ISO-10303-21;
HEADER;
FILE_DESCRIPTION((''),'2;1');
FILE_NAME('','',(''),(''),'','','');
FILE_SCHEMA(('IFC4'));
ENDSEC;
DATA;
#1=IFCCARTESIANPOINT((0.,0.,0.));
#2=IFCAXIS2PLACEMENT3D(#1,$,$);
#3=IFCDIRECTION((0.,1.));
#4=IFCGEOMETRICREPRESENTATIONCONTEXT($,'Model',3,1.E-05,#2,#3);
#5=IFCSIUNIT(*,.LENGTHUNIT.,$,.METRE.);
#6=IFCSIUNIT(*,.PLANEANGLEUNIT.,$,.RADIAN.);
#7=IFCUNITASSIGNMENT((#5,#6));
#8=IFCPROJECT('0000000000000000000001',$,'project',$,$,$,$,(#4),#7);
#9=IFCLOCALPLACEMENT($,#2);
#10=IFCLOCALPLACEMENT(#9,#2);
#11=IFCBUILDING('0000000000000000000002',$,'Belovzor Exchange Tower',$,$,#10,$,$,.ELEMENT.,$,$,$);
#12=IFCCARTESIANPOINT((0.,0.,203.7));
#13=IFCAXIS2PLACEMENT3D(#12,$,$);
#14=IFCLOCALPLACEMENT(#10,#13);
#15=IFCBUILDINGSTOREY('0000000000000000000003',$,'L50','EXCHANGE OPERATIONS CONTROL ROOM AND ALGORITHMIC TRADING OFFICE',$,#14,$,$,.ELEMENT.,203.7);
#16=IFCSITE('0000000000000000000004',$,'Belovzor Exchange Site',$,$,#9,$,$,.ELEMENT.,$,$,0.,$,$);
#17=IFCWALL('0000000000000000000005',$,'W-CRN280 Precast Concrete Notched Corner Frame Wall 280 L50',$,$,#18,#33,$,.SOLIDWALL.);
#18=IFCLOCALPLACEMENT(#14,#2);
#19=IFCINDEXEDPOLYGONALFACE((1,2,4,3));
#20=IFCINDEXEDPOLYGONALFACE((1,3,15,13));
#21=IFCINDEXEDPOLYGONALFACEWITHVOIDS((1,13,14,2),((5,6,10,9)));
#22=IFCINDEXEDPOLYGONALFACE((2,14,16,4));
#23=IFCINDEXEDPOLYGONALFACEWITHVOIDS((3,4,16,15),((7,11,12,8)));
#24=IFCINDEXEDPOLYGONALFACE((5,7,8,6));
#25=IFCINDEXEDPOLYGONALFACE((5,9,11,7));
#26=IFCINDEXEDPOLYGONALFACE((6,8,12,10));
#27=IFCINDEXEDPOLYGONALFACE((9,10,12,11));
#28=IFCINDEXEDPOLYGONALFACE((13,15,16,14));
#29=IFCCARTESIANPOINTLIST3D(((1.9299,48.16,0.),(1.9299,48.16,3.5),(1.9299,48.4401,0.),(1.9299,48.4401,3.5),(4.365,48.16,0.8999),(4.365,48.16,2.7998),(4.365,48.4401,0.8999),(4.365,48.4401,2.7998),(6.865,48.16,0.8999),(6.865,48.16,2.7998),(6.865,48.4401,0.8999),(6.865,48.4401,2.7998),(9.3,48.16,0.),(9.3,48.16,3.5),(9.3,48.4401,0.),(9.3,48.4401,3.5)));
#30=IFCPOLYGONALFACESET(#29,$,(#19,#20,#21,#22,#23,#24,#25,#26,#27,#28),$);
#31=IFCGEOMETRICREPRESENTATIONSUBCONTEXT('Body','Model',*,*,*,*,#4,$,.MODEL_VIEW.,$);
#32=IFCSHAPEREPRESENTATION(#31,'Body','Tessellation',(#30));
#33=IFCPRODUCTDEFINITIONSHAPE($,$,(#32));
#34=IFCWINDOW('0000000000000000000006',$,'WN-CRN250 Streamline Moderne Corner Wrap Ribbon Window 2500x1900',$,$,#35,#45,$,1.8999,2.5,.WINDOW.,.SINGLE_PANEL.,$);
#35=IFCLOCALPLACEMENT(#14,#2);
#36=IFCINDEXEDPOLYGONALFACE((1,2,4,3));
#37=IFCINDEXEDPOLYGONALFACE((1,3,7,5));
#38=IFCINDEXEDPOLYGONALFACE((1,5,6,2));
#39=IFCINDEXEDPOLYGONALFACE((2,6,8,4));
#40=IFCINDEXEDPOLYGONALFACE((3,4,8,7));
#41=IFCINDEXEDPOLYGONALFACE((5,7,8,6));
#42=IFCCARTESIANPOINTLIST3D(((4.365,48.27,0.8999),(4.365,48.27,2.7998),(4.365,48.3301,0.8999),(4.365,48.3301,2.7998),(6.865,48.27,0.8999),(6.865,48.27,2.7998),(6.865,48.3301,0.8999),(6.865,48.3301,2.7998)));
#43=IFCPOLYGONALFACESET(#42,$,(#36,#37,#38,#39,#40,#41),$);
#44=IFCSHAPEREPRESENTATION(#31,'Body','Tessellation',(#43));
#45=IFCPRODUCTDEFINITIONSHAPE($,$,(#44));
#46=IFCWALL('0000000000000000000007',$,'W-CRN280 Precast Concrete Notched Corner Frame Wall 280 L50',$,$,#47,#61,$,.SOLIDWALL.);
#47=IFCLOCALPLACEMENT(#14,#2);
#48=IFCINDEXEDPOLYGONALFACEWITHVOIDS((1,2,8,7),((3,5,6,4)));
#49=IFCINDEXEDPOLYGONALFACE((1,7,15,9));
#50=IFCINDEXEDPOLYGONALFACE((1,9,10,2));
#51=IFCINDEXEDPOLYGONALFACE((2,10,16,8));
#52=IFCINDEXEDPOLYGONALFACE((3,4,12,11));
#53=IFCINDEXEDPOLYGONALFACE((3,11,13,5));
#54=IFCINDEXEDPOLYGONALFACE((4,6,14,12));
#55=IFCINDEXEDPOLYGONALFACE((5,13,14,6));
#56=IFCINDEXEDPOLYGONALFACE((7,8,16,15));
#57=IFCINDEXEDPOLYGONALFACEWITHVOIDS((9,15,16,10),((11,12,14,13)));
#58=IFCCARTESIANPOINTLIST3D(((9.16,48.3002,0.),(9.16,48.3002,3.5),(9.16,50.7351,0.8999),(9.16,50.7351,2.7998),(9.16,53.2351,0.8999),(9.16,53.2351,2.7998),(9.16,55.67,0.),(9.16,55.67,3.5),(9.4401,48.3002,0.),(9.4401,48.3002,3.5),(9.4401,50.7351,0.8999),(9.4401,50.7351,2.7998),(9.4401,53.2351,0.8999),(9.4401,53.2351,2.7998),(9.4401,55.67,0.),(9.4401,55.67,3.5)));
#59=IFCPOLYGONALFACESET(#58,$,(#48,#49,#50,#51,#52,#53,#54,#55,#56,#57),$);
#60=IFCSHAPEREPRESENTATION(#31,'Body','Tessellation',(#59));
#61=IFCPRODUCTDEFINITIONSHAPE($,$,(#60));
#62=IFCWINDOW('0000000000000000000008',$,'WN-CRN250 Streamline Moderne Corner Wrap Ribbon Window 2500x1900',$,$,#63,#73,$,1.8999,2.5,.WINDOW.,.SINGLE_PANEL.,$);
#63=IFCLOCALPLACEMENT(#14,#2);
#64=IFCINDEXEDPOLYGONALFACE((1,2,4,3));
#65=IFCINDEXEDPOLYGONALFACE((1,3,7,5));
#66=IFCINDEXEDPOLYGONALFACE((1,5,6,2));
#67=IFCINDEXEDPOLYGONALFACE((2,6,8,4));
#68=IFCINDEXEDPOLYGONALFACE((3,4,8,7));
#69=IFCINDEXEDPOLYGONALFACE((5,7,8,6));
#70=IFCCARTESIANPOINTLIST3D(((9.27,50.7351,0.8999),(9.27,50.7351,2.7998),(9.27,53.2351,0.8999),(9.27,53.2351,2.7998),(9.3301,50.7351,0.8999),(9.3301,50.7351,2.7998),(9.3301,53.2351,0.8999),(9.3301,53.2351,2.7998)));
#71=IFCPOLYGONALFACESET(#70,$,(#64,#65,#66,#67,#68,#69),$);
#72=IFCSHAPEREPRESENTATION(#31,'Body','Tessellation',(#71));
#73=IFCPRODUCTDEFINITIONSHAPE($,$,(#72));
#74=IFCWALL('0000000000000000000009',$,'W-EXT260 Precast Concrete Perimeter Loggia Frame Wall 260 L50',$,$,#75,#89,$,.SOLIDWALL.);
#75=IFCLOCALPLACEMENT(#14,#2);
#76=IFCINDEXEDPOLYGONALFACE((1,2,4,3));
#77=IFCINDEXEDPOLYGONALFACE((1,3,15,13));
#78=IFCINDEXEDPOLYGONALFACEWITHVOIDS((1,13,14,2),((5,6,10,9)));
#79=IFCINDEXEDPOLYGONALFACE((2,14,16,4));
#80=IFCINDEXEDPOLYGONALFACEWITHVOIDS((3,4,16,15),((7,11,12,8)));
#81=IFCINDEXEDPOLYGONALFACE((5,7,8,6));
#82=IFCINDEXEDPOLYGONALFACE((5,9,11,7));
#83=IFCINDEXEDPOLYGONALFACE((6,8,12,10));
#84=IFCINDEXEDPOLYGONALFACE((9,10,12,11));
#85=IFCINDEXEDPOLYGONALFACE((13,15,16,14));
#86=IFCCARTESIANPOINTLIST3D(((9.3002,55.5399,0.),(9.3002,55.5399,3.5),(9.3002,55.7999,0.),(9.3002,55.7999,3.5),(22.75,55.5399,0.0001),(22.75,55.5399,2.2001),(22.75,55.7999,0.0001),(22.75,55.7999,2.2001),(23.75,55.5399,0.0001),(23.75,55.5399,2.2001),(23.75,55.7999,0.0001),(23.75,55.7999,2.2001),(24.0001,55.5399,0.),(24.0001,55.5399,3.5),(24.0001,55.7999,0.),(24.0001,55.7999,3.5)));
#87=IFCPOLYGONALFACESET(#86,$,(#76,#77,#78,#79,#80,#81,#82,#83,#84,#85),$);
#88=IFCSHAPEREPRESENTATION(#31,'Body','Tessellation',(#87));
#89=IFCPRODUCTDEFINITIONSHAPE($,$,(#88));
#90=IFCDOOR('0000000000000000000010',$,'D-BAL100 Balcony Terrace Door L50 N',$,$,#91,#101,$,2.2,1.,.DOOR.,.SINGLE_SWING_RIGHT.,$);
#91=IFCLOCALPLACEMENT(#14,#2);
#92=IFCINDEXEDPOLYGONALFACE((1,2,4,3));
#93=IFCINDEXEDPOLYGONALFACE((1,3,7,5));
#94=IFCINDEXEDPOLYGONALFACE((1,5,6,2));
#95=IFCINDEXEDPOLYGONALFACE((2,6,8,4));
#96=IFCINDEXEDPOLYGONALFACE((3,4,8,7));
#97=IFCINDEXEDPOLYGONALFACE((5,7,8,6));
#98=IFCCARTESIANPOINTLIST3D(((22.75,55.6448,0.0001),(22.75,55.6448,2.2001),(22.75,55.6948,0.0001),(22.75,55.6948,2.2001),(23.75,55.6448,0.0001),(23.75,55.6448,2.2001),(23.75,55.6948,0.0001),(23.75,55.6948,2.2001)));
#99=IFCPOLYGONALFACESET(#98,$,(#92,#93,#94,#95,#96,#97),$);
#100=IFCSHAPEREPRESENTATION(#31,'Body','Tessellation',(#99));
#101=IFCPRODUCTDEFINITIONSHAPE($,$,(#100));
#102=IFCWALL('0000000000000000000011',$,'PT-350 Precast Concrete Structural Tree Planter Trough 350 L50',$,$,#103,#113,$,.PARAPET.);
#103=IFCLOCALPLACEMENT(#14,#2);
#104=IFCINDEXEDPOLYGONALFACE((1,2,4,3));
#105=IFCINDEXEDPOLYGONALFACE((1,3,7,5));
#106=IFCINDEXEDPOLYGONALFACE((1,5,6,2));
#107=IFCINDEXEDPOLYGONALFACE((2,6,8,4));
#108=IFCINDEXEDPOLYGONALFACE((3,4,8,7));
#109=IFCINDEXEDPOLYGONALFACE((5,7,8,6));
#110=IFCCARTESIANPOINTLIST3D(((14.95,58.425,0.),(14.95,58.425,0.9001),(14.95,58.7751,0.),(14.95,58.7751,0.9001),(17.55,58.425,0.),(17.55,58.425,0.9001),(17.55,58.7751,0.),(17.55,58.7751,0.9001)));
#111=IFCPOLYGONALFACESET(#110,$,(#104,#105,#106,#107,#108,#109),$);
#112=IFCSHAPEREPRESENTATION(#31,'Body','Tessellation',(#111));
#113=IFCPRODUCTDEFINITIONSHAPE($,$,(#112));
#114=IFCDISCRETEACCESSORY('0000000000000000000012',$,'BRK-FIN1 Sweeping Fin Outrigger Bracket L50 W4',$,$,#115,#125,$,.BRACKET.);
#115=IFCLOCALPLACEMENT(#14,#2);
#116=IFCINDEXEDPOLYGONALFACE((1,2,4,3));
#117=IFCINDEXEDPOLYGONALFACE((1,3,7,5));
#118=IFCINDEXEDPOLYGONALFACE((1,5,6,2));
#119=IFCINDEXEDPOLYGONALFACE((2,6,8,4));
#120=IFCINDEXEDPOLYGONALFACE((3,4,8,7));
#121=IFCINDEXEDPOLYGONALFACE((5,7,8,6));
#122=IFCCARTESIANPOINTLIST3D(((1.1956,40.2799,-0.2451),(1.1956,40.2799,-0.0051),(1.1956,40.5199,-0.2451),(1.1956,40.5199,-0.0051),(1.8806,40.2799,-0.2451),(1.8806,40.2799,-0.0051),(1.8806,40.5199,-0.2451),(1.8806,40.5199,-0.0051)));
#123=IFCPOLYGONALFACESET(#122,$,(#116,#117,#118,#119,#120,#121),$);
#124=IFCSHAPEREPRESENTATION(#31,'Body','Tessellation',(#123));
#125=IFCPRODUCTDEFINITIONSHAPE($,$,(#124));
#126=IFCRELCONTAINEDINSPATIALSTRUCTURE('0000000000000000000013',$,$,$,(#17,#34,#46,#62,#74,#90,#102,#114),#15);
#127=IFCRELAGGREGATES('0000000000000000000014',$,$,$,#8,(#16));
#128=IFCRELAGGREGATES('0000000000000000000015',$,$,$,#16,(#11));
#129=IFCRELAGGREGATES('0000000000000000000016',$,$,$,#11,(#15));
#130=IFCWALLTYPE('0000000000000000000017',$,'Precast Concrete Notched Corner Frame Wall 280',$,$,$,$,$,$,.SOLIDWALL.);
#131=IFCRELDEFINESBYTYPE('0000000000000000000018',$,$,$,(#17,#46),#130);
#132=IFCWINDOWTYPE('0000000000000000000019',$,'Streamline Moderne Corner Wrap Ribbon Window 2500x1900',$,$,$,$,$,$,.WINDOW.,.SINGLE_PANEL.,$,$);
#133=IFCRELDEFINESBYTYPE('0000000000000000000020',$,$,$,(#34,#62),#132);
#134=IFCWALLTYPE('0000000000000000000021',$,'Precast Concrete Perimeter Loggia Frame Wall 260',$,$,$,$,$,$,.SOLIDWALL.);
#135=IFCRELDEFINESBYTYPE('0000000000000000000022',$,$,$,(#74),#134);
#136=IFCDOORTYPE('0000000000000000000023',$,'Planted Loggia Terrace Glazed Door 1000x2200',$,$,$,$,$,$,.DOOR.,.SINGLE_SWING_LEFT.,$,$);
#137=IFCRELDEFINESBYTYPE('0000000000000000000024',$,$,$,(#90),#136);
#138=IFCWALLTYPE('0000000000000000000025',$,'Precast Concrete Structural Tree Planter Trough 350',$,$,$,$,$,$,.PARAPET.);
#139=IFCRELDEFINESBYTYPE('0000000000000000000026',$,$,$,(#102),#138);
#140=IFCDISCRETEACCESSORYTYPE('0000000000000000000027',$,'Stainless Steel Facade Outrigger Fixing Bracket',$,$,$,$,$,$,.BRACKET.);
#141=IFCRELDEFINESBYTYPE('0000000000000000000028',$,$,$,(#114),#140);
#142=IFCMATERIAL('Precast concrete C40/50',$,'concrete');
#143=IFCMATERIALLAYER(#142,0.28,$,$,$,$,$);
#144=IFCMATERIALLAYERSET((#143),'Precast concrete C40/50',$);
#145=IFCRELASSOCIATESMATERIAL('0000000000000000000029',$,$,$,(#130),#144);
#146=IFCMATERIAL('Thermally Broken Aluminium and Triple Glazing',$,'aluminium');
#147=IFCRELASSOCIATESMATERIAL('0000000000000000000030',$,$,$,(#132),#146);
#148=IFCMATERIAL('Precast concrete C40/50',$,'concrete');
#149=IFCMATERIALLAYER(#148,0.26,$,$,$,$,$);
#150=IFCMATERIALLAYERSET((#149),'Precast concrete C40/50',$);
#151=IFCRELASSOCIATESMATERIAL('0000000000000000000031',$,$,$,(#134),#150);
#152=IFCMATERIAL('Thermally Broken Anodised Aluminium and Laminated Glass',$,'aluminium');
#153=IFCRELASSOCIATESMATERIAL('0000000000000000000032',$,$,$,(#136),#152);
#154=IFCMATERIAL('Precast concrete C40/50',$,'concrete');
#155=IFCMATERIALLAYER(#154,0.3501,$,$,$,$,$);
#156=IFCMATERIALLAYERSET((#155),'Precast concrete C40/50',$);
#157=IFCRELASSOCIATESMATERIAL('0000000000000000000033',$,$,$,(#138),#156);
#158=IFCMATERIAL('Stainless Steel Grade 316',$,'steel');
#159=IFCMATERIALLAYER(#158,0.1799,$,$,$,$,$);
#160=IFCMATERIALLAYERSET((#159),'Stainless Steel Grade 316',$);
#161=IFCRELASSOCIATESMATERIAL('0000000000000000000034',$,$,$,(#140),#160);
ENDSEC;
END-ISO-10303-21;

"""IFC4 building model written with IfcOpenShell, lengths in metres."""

from ifc_helpers import new_model, si_unit, direction, frame, frame_2d, origin, origin_2d, place, context, subcontext, project, spatial, rectangle, extrude, material, layer, layer_set, type_object, element, fill, save


model = new_model("IFC4")

# Units and contexts
model_context = context("Model", 3, precision=1e-05, world=origin(), true_north=direction((0.0, 1.0)))
body_context = subcontext(model_context, "Body", "Model", "MODEL_VIEW")
ifc_project = project(units=[si_unit("LENGTHUNIT", "METRE"), si_unit("PLANEANGLEUNIT", "RADIAN")], contexts=[model_context])

# Site, building, storey
site_placement = place(None, origin())
site = spatial("IfcSite", under=ifc_project, at=site_placement, Name="Belovzor Exchange Site", CompositionType="ELEMENT", RefElevation=0.0)
building_placement = place(site_placement, origin())
building = spatial("IfcBuilding", under=site, at=building_placement, Name="Belovzor Exchange Tower", CompositionType="ELEMENT")
storey_placement = place(building_placement, frame((0.0, 0.0, 203.7)))
storey = spatial("IfcBuildingStorey", under=building, at=storey_placement, Name="L50", Description="EXCHANGE OPERATIONS CONTROL ROOM AND ALGORITHMIC TRADING OFFICE", CompositionType="ELEMENT", Elevation=203.7)

# Walls, openings, windows
ifc_material_1 = material(Name="Precast concrete C40/50", Category="concrete")
ifc_layer_1 = layer(ifc_material_1, 0.28)
ifc_layer_set_1 = layer_set([ifc_layer_1], Name="Precast concrete C40/50")
wall_type_1 = type_object("IfcWallType", Name="Precast Concrete Notched Corner Frame Wall 280", PredefinedType="SOLIDWALL", material=ifc_layer_set_1)
wall_1_placement = place(storey_placement, frame((1.9299, 48.3, 0.0), z_axis=(0.0, 0.0, 1.0), x_axis=(1.0, 0.0, 0.0)))
wall_1 = element("IfcWall", 1, at=wall_1_placement, inside=storey, type_object=wall_type_1, Name="W-CRN280 Precast Concrete Notched Corner Frame Wall 280 L50", PredefinedType="SOLIDWALL", context=body_context, shape_type="SweptSolid", body=[
    extrude(rectangle(XDim=7.3701, YDim=0.28, at=frame_2d((3.6851, 0.0))), origin(), (0.0, 0.0, 1.0), 3.5),
])
opening_1_placement = place(wall_1_placement, frame((2.4351, 0.0, 0.8999)))
opening_1 = element("IfcOpeningElement", 2, at=opening_1_placement, cuts=wall_1, PredefinedType="OPENING", context=body_context, shape_type="SweptSolid", body=[
    extrude(rectangle(XDim=2.5, YDim=1.8999, at=frame_2d((1.25, 0.95))), frame((0.0, 0.1499, 0.0), z_axis=(0.0, -1.0, 0.0), x_axis=(1.0, 0.0, 0.0)), (0.0, 0.0, 1.0), 0.3),
])
ifc_material_2 = material(Name="Thermally Broken Aluminium and Triple Glazing", Category="aluminium")
window_type = type_object("IfcWindowType", Name="Streamline Moderne Corner Wrap Ribbon Window 2500x1900", PartitioningType="SINGLE_PANEL", PredefinedType="WINDOW", material=ifc_material_2)
window_1_placement = place(opening_1_placement, origin())
window_1 = element("IfcWindow", 3, at=window_1_placement, inside=storey, type_object=window_type, Name="WN-CRN250 Streamline Moderne Corner Wrap Ribbon Window 2500x1900", OverallHeight=1.8999, OverallWidth=2.5, PartitioningType="SINGLE_PANEL", PredefinedType="WINDOW", context=body_context, shape_type="SweptSolid", body=[
    extrude(rectangle(XDim=2.5, YDim=1.8999, at=frame_2d((1.25, 0.95))), frame((0.0, 0.03, 0.0), z_axis=(0.0, -1.0, 0.0), x_axis=(1.0, 0.0, 0.0)), (0.0, 0.0, 1.0), 0.0601),
])
fill(opening_1, window_1)
wall_2_placement = place(storey_placement, frame((9.3, 48.3, 0.0), z_axis=(0.0, 0.0, 1.0), x_axis=(0.0, 1.0, 0.0)))
wall_2 = element("IfcWall", 4, at=wall_2_placement, inside=storey, type_object=wall_type_1, Name="W-CRN280 Precast Concrete Notched Corner Frame Wall 280 L50", PredefinedType="SOLIDWALL", context=body_context, shape_type="SweptSolid", body=[
    extrude(rectangle(XDim=7.3699, YDim=0.28, at=frame_2d((3.6851, 0.0))), origin(), (0.0, 0.0, 1.0), 3.5),
])
opening_2_placement = place(wall_2_placement, frame((2.4351, 0.0, 0.8999)))
opening_2 = element("IfcOpeningElement", 5, at=opening_2_placement, cuts=wall_2, PredefinedType="OPENING", context=body_context, shape_type="SweptSolid", body=[
    extrude(rectangle(XDim=2.5, YDim=1.8999, at=frame_2d((1.25, 0.95))), frame((0.0, 0.1499, 0.0), z_axis=(0.0, -1.0, 0.0), x_axis=(1.0, 0.0, 0.0)), (0.0, 0.0, 1.0), 0.3),
])
window_2_placement = place(opening_2_placement, origin())
window_2 = element("IfcWindow", 6, at=window_2_placement, inside=storey, type_object=window_type, Name="WN-CRN250 Streamline Moderne Corner Wrap Ribbon Window 2500x1900", OverallHeight=1.8999, OverallWidth=2.5, PartitioningType="SINGLE_PANEL", PredefinedType="WINDOW", context=body_context, shape_type="SweptSolid", body=[
    extrude(rectangle(XDim=2.5, YDim=1.8999, at=frame_2d((1.25, 0.95))), frame((0.0, 0.03, 0.0), z_axis=(0.0, -1.0, 0.0), x_axis=(1.0, 0.0, 0.0)), (0.0, 0.0, 1.0), 0.0601),
])
fill(opening_2, window_2)

# Wall, opening, door
ifc_material_3 = material(Name="Precast concrete C40/50", Category="concrete")
ifc_layer_2 = layer(ifc_material_3, 0.26)
ifc_layer_set_2 = layer_set([ifc_layer_2], Name="Precast concrete C40/50")
wall_type_2 = type_object("IfcWallType", Name="Precast Concrete Perimeter Loggia Frame Wall 260", PredefinedType="SOLIDWALL", material=ifc_layer_set_2)
wall_3_placement = place(storey_placement, frame((9.3, 55.6699, 0.0), z_axis=(0.0, 0.0, 1.0), x_axis=(1.0, 0.0, 0.0)))
wall_3 = element("IfcWall", 7, at=wall_3_placement, inside=storey, type_object=wall_type_2, Name="W-EXT260 Precast Concrete Perimeter Loggia Frame Wall 260 L50", PredefinedType="SOLIDWALL", context=body_context, shape_type="SweptSolid", body=[
    extrude(rectangle(XDim=14.7, YDim=0.26, at=frame_2d((7.3501, 0.0))), origin(), (0.0, 0.0, 1.0), 3.5),
])
opening_3_placement = place(wall_3_placement, frame((13.45, 0.0, 0.0)))
opening_3 = element("IfcOpeningElement", 8, at=opening_3_placement, cuts=wall_3, PredefinedType="OPENING", context=body_context, shape_type="SweptSolid", body=[
    extrude(rectangle(XDim=1.0, YDim=2.2, at=frame_2d((0.5, 1.1001))), frame((0.0, 0.1399, 0.0), z_axis=(0.0, -1.0, 0.0), x_axis=(1.0, 0.0, 0.0)), (0.0, 0.0, 1.0), 0.28),
])
ifc_material_4 = material(Name="Thermally Broken Anodised Aluminium and Laminated Glass", Category="aluminium")
door_type_1 = type_object("IfcDoorType", Name="Planted Loggia Terrace Glazed Door 1000x2200", OperationType="SINGLE_SWING_LEFT", PredefinedType="DOOR", material=ifc_material_4)
door_1_placement = place(opening_3_placement, origin())
door_1 = element("IfcDoor", 9, at=door_1_placement, inside=storey, type_object=door_type_1, Name="D-BAL100 Balcony Terrace Door L50 N", OperationType="SINGLE_SWING_RIGHT", OverallHeight=2.2, OverallWidth=1.0, PredefinedType="DOOR", context=body_context, shape_type="SweptSolid", body=[
    extrude(rectangle(XDim=1.0, YDim=2.2, at=frame_2d((0.5, 1.1001))), frame((0.0, 0.0249, 0.0), z_axis=(0.0, -1.0, 0.0), x_axis=(1.0, 0.0, 0.0)), (0.0, 0.0, 1.0), 0.05),
])
fill(opening_3, door_1)

# Wall
ifc_material_5 = material(Name="Precast concrete C40/50", Category="concrete")
ifc_layer_3 = layer(ifc_material_5, 0.3501)
ifc_layer_set_3 = layer_set([ifc_layer_3], Name="Precast concrete C40/50")
wall_type_3 = type_object("IfcWallType", Name="Precast Concrete Structural Tree Planter Trough 350", PredefinedType="PARAPET", material=ifc_layer_set_3)
wall_4_placement = place(storey_placement, frame((14.95, 58.6001, 0.0), z_axis=(0.0, 0.0, 1.0), x_axis=(1.0, 0.0, 0.0)))
element("IfcWall", 10, at=wall_4_placement, inside=storey, type_object=wall_type_3, Name="PT-350 Precast Concrete Structural Tree Planter Trough 350 L50", PredefinedType="PARAPET", context=body_context, shape_type="SweptSolid", body=[
    extrude(rectangle(XDim=2.6001, YDim=0.3501, at=frame_2d((1.3, 0.0))), origin(), (0.0, 0.0, 1.0), 0.9001),
])

# Discrete accessory
ifc_material_6 = material(Name="Stainless Steel Grade 316", Category="steel")
ifc_layer_4 = layer(ifc_material_6, 0.1799)
ifc_layer_set_4 = layer_set([ifc_layer_4], Name="Stainless Steel Grade 316")
discrete_accessory_type = type_object("IfcDiscreteAccessoryType", Name="Stainless Steel Facade Outrigger Fixing Bracket", PredefinedType="BRACKET", material=ifc_layer_set_4)
discrete_accessory_placement = place(storey_placement, frame((1.5381, 40.3999, -0.2451), z_axis=(0.0, 0.0, 1.0), x_axis=(1.0, 0.0, 0.0)))
element("IfcDiscreteAccessory", 11, at=discrete_accessory_placement, inside=storey, type_object=discrete_accessory_type, Name="BRK-FIN1 Sweeping Fin Outrigger Bracket L50 W4", PredefinedType="BRACKET", context=body_context, shape_type="SweptSolid", body=[
    extrude(rectangle(XDim=0.6851, YDim=0.24, at=origin_2d()), origin(), (0.0, 0.0, 1.0), 0.24),
])

save(model, "model.ifc")
